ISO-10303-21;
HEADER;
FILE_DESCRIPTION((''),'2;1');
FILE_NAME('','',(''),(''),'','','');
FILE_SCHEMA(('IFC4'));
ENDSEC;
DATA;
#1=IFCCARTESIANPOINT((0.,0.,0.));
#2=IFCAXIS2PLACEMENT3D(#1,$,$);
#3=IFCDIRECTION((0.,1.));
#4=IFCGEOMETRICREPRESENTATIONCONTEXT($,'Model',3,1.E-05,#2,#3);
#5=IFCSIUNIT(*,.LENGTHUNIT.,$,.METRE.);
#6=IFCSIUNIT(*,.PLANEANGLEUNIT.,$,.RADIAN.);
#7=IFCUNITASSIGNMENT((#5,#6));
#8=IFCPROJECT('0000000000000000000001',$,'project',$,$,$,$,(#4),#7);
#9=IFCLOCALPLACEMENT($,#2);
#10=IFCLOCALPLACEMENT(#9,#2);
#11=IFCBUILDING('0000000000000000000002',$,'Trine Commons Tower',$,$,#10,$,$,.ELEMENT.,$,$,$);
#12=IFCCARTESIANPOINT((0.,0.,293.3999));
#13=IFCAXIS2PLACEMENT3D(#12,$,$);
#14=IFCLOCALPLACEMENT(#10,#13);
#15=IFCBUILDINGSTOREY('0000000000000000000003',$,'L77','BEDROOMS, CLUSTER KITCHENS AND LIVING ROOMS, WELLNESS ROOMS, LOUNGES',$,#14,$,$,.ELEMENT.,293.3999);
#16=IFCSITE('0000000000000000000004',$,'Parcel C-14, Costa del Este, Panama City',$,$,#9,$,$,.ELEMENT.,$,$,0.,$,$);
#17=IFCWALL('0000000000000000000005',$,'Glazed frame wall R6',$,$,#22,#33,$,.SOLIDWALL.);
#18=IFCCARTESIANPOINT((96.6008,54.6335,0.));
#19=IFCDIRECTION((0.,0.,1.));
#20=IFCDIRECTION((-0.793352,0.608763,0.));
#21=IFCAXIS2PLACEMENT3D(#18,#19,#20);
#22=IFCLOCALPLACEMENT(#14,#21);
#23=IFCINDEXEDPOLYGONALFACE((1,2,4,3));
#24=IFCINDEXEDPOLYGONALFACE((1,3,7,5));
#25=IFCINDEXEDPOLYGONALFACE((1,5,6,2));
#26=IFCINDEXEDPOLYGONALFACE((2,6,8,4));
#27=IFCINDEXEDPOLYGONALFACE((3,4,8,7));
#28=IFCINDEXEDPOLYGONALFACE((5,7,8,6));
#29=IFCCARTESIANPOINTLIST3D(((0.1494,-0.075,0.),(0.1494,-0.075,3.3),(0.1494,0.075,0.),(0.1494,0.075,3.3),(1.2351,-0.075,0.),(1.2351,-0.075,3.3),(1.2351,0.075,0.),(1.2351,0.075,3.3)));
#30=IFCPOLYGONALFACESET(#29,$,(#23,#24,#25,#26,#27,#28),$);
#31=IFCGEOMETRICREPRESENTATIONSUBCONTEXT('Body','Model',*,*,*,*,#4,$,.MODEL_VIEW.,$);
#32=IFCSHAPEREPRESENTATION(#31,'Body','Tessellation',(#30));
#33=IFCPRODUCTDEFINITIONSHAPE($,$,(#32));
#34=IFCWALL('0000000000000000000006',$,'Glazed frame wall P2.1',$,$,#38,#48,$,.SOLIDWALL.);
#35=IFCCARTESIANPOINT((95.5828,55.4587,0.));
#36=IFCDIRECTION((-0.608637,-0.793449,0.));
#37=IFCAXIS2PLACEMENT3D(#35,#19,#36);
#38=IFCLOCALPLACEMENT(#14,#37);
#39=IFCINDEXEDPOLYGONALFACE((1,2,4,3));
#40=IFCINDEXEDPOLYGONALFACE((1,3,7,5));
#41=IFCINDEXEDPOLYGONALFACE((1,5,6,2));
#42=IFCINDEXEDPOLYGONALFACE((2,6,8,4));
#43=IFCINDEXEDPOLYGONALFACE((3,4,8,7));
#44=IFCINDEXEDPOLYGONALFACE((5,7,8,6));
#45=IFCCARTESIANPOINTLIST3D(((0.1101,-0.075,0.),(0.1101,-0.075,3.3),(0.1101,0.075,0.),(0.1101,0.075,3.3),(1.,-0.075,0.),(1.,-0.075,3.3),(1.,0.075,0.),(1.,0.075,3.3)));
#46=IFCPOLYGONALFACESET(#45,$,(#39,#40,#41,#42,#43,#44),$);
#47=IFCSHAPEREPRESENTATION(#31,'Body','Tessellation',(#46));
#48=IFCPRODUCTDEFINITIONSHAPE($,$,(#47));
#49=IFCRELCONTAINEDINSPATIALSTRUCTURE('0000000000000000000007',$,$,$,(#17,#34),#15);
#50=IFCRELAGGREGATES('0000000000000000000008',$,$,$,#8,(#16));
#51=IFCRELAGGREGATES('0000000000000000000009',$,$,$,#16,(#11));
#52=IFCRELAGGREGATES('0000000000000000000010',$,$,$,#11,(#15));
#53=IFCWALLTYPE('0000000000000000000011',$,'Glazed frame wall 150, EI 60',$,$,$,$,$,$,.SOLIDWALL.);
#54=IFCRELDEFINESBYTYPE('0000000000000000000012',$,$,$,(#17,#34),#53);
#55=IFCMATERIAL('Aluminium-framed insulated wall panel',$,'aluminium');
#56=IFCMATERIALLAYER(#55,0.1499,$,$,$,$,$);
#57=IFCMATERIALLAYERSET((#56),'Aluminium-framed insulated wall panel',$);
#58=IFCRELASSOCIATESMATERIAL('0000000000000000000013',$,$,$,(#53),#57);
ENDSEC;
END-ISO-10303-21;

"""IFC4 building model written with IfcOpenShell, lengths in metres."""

from ifc_helpers import new_model, si_unit, direction, frame, origin, place, context, subcontext, project, spatial, polyline, outline, extrude, material, layer, layer_set, type_object, element, save


model = new_model("IFC4")

# Units and contexts
model_context = context("Model", 3, precision=1e-05, world=origin(), true_north=direction((0.0, 1.0)))
body_context = subcontext(model_context, "Body", "Model", "MODEL_VIEW")
ifc_project = project(units=[si_unit("LENGTHUNIT", "METRE"), si_unit("PLANEANGLEUNIT", "RADIAN")], contexts=[model_context])

# Site, building, storey
site_placement = place(None, origin())
site = spatial("IfcSite", under=ifc_project, at=site_placement, Name="Parcel C-14, Costa del Este, Panama City", CompositionType="ELEMENT", RefElevation=0.0)
building_placement = place(site_placement, origin())
building = spatial("IfcBuilding", under=site, at=building_placement, Name="Trine Commons Tower", CompositionType="ELEMENT")
storey_placement = place(building_placement, frame((0.0, 0.0, 293.3999)))
storey = spatial("IfcBuildingStorey", under=building, at=storey_placement, Name="L77", Description="BEDROOMS, CLUSTER KITCHENS AND LIVING ROOMS, WELLNESS ROOMS, LOUNGES", CompositionType="ELEMENT", Elevation=293.3999)

# Walls
ifc_material_1 = material(Name="Aluminium-framed insulated wall panel", Category="aluminium")
ifc_layer_1 = layer(ifc_material_1, 0.1499)
ifc_layer_set_1 = layer_set([ifc_layer_1], Name="Aluminium-framed insulated wall panel")
wall_type_1 = type_object("IfcWallType", Name="Glazed frame wall 150, EI 60", PredefinedType="SOLIDWALL", material=ifc_layer_set_1)
wall_1_placement = place(storey_placement, frame((96.6008, 54.6335, 0.0), z_axis=(0.0, 0.0, 1.0), x_axis=(-0.793352, 0.608763, 0.0)))
element("IfcWall", 1, at=wall_1_placement, inside=storey, type_object=wall_type_1, Name="Glazed frame wall R6", PredefinedType="SOLIDWALL", context=body_context, shape_type="SweptSolid", body=[
    extrude(outline(polyline([(0.1494, 0.075), (0.1494, -0.075), (1.2351, -0.075), (1.2351, 0.075), (0.1494, 0.075)])), origin(), (0.0, 0.0, 1.0), 3.3),
])
wall_2_placement = place(storey_placement, frame((95.5828, 55.4587, 0.0), z_axis=(0.0, 0.0, 1.0), x_axis=(-0.608637, -0.793449, 0.0)))
element("IfcWall", 2, at=wall_2_placement, inside=storey, type_object=wall_type_1, Name="Glazed frame wall P2.1", PredefinedType="SOLIDWALL", context=body_context, shape_type="SweptSolid", body=[
    extrude(outline(polyline([(0.1101, -0.075), (1.0, -0.075), (1.0, 0.075), (0.1101, 0.075), (0.1101, -0.075)])), origin(), (0.0, 0.0, 1.0), 3.3),
])

save(model, "model.ifc")
